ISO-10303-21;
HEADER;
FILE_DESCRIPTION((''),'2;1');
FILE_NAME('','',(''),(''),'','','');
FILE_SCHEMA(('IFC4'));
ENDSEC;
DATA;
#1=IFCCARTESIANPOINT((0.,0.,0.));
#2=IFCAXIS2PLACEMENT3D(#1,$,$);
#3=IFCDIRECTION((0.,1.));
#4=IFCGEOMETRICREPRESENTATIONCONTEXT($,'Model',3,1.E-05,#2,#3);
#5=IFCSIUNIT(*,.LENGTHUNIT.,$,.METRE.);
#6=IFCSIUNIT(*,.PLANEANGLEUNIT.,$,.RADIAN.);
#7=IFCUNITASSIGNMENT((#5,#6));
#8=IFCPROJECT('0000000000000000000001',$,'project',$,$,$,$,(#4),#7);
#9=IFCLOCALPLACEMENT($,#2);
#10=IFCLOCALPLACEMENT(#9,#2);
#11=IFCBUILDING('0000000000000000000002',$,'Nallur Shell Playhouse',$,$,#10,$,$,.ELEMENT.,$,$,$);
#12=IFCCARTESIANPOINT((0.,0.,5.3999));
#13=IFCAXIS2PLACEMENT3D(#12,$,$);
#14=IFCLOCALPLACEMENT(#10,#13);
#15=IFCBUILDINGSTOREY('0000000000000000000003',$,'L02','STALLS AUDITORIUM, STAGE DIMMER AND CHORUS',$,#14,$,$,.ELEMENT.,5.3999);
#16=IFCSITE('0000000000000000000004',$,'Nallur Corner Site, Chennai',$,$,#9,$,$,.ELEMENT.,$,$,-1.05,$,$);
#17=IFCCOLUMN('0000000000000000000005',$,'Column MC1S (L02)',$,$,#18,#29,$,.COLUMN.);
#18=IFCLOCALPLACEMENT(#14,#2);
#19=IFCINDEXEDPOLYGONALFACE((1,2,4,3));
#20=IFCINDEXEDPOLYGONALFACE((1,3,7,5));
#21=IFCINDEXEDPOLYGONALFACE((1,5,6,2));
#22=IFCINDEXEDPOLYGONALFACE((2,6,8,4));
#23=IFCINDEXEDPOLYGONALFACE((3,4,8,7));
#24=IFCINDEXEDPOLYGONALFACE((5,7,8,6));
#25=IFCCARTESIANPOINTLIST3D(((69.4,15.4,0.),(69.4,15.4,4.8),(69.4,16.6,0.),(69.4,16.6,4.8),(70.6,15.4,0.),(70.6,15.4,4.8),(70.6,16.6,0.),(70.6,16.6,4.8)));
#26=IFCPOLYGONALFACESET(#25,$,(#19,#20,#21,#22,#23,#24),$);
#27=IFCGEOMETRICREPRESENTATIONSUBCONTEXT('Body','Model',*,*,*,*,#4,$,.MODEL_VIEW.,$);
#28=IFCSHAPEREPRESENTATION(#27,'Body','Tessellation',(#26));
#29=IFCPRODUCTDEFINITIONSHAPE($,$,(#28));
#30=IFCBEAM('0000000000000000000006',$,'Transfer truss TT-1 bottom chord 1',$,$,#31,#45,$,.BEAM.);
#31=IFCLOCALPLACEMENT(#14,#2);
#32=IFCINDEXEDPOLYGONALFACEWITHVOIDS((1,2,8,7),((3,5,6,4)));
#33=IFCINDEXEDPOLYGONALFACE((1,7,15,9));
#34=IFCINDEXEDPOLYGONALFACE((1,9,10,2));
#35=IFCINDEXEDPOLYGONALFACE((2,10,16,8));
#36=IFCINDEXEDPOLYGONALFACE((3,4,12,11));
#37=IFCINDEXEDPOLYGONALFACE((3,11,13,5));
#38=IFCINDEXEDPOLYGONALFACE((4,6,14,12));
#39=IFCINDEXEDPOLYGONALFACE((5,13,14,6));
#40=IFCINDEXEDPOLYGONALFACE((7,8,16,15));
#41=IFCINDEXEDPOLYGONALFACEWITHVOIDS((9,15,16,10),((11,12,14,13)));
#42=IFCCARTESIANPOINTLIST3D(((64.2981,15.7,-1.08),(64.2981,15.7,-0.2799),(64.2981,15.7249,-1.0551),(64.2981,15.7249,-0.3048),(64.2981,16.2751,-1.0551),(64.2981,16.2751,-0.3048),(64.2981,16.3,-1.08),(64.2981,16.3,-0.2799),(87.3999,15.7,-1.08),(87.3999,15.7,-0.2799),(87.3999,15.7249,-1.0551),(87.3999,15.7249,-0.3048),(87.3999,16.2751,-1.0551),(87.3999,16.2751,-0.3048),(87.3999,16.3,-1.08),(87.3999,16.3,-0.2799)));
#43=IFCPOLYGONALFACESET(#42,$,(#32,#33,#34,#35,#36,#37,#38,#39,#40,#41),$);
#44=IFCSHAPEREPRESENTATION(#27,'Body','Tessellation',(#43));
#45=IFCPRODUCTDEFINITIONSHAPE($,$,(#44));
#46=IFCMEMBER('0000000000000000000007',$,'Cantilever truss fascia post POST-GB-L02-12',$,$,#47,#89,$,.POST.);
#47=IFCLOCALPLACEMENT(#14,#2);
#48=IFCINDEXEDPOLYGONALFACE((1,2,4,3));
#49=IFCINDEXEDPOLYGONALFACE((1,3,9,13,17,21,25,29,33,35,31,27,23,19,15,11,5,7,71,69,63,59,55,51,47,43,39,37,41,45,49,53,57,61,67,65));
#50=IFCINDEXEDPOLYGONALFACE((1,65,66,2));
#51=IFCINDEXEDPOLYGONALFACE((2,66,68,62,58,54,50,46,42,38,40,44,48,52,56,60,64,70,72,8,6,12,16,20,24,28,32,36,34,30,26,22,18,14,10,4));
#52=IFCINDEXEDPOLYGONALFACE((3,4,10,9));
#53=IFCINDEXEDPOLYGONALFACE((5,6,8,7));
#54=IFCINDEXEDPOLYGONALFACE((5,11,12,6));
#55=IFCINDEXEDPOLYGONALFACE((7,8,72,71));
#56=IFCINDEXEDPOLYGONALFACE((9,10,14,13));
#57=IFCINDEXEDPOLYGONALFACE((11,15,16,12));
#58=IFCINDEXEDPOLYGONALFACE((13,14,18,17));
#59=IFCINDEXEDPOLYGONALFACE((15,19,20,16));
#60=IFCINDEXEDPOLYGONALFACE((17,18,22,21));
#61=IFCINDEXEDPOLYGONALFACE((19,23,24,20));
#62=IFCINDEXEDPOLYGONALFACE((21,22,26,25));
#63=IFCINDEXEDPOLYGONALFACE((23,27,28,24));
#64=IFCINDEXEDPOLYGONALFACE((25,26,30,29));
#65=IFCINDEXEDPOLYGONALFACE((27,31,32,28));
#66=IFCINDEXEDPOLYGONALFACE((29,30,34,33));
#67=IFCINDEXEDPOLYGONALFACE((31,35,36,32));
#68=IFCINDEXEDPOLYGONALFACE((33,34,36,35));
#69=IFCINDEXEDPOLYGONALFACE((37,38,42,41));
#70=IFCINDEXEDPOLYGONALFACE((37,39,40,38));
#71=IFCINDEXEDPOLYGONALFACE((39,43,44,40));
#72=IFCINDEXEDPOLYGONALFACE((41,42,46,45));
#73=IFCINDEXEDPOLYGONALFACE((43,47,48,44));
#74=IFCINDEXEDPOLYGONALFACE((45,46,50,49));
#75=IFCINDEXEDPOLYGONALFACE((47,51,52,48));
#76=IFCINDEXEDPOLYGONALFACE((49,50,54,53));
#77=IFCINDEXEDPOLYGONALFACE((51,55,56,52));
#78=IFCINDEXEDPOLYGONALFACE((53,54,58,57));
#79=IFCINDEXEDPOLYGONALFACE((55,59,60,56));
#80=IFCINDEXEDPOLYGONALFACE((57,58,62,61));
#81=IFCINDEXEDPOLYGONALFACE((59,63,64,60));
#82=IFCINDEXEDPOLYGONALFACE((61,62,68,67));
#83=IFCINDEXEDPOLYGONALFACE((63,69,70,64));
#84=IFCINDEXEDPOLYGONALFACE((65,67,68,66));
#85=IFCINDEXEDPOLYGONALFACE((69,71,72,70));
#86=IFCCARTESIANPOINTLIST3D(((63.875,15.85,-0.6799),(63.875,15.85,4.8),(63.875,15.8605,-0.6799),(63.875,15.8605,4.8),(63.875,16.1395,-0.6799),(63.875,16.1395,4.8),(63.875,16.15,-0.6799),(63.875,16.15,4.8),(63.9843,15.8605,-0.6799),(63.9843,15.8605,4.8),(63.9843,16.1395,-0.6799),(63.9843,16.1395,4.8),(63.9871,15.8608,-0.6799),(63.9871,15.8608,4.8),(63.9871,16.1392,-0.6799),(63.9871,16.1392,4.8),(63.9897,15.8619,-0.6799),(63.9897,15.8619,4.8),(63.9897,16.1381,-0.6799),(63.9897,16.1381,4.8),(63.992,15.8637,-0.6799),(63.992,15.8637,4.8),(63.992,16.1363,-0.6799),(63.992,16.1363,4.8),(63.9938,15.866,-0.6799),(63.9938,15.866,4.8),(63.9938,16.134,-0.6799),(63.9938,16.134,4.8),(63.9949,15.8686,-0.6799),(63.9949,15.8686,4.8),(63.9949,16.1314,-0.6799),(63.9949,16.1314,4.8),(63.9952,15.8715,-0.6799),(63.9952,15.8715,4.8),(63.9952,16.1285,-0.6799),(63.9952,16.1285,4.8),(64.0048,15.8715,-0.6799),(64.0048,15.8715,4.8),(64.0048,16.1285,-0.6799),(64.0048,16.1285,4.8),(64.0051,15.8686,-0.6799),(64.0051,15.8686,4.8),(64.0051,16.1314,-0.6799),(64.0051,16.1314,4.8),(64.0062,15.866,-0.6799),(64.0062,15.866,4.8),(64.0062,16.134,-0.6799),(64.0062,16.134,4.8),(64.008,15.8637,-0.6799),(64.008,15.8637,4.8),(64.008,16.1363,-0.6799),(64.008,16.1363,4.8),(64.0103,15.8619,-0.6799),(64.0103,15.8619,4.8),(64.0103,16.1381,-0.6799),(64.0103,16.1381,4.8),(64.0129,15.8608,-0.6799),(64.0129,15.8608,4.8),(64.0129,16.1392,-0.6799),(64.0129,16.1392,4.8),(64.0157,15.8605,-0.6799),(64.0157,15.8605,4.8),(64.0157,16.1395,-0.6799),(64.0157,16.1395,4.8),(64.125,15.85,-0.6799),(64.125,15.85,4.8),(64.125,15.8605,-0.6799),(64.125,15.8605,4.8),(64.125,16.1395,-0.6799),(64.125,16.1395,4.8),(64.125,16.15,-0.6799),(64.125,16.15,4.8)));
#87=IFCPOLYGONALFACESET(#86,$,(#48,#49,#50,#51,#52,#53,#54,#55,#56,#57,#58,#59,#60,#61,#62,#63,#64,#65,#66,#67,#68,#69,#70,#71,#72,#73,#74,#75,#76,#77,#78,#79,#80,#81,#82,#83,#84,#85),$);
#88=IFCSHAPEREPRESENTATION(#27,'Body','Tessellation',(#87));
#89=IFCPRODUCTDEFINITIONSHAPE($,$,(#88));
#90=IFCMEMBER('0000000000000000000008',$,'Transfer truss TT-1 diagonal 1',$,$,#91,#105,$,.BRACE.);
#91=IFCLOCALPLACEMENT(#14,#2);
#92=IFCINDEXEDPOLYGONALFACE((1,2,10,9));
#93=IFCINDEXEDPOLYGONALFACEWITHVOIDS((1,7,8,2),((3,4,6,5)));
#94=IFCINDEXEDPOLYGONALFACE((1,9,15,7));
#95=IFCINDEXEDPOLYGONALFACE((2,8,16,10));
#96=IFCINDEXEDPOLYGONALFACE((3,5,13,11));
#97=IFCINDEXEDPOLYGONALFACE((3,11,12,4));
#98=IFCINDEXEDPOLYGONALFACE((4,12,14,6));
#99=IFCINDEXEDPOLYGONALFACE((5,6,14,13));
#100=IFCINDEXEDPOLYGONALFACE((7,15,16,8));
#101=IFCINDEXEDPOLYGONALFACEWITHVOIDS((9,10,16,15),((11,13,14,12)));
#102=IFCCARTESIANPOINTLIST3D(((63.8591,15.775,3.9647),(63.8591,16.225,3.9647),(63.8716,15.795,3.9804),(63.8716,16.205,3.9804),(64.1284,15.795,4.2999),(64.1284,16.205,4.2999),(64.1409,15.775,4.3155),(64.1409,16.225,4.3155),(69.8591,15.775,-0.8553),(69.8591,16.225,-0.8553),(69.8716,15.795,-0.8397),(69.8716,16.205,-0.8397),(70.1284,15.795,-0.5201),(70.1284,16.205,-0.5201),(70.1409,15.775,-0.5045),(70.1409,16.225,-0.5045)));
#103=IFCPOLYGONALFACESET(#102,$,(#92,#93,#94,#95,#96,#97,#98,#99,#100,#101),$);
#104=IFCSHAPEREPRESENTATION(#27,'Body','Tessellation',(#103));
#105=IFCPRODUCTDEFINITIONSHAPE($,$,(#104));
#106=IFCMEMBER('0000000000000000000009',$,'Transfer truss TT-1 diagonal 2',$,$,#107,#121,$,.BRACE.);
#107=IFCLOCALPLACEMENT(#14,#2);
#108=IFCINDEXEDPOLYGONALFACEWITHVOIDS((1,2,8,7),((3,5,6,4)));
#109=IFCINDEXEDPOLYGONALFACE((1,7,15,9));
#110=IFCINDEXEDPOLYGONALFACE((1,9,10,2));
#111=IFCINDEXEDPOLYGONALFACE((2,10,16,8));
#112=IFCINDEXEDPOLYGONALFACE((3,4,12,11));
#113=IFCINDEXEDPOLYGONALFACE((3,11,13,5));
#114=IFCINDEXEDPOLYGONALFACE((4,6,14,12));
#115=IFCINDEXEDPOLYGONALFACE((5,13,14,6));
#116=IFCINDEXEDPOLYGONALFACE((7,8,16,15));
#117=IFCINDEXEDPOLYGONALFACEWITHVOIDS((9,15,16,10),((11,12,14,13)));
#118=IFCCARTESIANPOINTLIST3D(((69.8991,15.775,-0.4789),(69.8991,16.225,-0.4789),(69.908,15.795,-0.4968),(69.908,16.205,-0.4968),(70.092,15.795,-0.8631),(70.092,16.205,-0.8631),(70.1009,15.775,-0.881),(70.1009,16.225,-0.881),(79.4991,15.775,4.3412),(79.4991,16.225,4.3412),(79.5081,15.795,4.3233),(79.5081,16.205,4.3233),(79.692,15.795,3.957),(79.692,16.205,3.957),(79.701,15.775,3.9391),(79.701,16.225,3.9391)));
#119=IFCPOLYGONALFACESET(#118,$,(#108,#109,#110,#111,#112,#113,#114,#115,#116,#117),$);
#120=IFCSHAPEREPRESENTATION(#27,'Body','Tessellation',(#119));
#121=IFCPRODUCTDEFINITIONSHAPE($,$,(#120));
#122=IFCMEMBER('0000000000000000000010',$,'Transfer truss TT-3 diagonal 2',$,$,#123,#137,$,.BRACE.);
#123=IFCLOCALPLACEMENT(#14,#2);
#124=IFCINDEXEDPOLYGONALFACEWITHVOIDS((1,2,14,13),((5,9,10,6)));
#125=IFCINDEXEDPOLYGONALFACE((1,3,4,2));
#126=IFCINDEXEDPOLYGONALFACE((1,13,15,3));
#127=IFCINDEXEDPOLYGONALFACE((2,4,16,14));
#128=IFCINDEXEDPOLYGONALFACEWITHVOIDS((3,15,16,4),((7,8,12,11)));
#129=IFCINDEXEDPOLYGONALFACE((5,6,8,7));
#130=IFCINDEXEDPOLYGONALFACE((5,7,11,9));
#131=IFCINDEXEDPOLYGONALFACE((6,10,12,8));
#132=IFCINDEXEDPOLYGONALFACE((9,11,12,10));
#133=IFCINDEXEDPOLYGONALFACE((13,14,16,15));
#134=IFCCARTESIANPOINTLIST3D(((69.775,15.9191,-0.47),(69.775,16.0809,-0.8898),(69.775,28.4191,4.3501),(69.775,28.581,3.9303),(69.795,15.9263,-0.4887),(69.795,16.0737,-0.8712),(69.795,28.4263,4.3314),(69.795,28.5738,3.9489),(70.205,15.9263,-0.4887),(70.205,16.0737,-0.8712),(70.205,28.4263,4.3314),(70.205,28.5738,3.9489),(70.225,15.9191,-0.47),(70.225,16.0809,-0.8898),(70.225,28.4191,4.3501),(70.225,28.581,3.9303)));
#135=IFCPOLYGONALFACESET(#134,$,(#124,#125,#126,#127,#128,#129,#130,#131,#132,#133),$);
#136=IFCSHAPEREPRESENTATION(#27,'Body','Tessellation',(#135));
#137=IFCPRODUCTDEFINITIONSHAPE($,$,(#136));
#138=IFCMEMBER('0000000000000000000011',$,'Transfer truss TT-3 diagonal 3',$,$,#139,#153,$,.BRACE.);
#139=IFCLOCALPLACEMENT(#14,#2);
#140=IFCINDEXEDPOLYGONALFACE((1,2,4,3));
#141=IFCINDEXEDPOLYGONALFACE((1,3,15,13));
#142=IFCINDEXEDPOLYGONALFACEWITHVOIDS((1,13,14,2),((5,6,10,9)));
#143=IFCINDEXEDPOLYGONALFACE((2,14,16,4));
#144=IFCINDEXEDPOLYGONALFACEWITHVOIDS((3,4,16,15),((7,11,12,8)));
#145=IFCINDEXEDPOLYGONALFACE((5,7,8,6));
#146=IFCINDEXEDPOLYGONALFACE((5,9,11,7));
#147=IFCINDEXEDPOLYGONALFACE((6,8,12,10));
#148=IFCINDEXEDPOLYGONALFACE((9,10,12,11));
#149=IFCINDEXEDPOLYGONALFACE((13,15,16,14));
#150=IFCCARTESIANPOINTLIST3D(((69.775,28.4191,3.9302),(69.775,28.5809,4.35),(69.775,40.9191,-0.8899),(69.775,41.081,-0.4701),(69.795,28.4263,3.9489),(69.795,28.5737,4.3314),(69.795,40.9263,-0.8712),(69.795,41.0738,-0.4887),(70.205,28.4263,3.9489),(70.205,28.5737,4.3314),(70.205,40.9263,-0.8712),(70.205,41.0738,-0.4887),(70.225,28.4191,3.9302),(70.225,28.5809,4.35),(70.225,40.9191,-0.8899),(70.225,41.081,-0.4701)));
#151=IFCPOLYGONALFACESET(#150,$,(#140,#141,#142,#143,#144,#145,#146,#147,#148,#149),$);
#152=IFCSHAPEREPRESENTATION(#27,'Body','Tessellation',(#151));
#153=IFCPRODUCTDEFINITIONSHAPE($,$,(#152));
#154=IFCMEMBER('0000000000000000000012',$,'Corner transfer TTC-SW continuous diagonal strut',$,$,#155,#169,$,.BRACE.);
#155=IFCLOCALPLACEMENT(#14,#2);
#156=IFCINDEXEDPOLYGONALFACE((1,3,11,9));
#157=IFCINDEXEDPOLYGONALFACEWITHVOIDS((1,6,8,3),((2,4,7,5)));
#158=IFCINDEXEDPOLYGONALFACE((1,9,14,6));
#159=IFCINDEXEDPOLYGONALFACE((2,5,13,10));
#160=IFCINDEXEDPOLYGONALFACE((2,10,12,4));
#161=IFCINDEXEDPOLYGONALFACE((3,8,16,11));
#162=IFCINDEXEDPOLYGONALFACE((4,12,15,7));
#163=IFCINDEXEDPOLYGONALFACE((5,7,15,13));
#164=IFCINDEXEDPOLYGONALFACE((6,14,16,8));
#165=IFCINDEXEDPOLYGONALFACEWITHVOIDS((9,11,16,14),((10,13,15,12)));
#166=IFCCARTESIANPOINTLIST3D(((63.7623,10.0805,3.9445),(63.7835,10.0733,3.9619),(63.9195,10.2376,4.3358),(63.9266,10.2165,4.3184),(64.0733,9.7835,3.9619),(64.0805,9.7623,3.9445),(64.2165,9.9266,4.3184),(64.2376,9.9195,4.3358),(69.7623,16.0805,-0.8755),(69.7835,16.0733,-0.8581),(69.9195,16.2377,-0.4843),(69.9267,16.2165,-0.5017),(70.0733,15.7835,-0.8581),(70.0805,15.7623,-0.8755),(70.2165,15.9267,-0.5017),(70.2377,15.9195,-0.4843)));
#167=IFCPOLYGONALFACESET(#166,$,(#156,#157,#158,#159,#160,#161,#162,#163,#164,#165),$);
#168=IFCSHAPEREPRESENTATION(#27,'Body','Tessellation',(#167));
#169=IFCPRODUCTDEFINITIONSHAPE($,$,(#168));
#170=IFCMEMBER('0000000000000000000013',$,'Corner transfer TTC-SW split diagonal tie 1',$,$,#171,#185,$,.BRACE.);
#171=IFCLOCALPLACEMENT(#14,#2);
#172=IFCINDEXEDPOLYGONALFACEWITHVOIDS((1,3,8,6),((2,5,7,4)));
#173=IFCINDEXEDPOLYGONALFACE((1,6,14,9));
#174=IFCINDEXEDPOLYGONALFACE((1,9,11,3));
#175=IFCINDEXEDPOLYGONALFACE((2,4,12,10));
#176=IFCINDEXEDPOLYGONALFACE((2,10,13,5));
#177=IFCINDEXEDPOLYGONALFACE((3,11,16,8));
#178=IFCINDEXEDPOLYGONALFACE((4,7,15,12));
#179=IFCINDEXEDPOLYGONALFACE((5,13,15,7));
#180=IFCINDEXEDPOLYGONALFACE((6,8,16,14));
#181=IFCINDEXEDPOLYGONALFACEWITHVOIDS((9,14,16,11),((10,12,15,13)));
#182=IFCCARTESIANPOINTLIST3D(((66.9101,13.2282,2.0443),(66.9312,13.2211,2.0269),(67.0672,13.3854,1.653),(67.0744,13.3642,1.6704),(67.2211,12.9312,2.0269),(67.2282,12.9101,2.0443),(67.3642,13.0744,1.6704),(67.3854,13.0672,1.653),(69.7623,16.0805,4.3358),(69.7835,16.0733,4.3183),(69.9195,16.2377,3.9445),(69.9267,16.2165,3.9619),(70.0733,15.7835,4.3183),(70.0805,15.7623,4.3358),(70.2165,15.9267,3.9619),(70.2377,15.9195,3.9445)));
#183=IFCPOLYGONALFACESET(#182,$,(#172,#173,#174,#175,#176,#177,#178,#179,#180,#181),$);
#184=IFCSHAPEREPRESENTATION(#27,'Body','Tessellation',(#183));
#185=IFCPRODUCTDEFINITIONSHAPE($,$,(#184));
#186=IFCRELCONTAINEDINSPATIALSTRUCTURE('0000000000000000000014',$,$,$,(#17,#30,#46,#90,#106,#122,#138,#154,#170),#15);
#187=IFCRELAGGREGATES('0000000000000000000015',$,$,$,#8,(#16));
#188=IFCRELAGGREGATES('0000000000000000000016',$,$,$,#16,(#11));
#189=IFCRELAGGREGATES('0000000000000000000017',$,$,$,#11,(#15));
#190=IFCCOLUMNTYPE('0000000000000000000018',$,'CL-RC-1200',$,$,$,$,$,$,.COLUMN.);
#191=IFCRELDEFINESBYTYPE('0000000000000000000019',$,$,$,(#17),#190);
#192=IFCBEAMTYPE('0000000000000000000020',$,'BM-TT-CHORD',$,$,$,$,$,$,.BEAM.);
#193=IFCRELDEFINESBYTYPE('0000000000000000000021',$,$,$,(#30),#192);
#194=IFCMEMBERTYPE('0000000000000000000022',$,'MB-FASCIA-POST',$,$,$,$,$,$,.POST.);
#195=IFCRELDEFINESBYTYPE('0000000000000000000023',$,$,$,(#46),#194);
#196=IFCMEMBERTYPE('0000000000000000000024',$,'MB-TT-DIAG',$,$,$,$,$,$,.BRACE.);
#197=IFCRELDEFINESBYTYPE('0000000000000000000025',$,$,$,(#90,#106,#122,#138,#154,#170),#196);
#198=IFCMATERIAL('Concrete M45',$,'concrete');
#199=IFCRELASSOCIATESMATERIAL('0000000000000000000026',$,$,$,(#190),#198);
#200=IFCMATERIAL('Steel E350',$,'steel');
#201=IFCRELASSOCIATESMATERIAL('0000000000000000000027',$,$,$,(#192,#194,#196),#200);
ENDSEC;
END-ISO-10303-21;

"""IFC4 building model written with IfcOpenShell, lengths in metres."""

from ifc_helpers import new_model, si_unit, direction, frame, origin, origin_2d, place, context, subcontext, project, spatial, rectangle, hollow_rectangle, i_section, extrude, material, material_profile, profile_set, type_object, element, save


model = new_model("IFC4")

# Units and contexts
model_context = context("Model", 3, precision=1e-05, world=origin(), true_north=direction((0.0, 1.0)))
body_context = subcontext(model_context, "Body", "Model", "MODEL_VIEW")
ifc_project = project(units=[si_unit("LENGTHUNIT", "METRE"), si_unit("PLANEANGLEUNIT", "RADIAN")], contexts=[model_context])

# Site, building, storey
site_placement = place(None, origin())
site = spatial("IfcSite", under=ifc_project, at=site_placement, Name="Nallur Corner Site, Chennai", CompositionType="ELEMENT", RefElevation=-1.05)
building_placement = place(site_placement, origin())
building = spatial("IfcBuilding", under=site, at=building_placement, Name="Nallur Shell Playhouse", CompositionType="ELEMENT")
storey_placement = place(building_placement, frame((0.0, 0.0, 5.3999)))
storey = spatial("IfcBuildingStorey", under=building, at=storey_placement, Name="L02", Description="STALLS AUDITORIUM, STAGE DIMMER AND CHORUS", CompositionType="ELEMENT", Elevation=5.3999)

# Column
ifc_material_1 = material(Name="Concrete M45", Category="concrete")
ifc_material_profile_1 = material_profile(ifc_material_1, rectangle(XDim=1.2, YDim=1.2, at=origin_2d()), Name="RC 1200x1200")
ifc_profile_set_1 = profile_set([ifc_material_profile_1], Name="Concrete M45")
column_type = type_object("IfcColumnType", Name="CL-RC-1200", PredefinedType="COLUMN", material=ifc_profile_set_1)
column_placement = place(storey_placement, frame((70.0, 16.0, 0.0), z_axis=(0.0, 0.0, 1.0), x_axis=(1.0, 0.0, 0.0)))
element("IfcColumn", 1, at=column_placement, inside=storey, type_object=column_type, Name="Column MC1S (L02)", PredefinedType="COLUMN", context=body_context, shape_type="SweptSolid", body=[
    extrude(rectangle(XDim=1.2, YDim=1.2, at=origin_2d()), origin(), (0.0, 0.0, 1.0), 4.8),
])

# Beam
ifc_material_2 = material(Name="Steel E350", Category="steel")
ifc_material_profile_2 = material_profile(ifc_material_2, hollow_rectangle(XDim=0.6001, YDim=0.8, WallThickness=0.0249, at=origin_2d()), Name="BOX 600x800x25")
ifc_profile_set_2 = profile_set([ifc_material_profile_2], Name="Steel E350")
beam_type = type_object("IfcBeamType", Name="BM-TT-CHORD", PredefinedType="BEAM", material=ifc_profile_set_2)
beam_placement = place(storey_placement, frame((64.2981, 16.0, -0.6799), z_axis=(1.0, 0.0, 0.0), x_axis=(0.0, 1.0, 0.0)))
element("IfcBeam", 2, at=beam_placement, inside=storey, type_object=beam_type, Name="Transfer truss TT-1 bottom chord 1", PredefinedType="BEAM", context=body_context, shape_type="SweptSolid", body=[
    extrude(hollow_rectangle(XDim=0.6001, YDim=0.8, WallThickness=0.0249, at=origin_2d()), origin(), (0.0, 0.0, 1.0), 23.1018),
])

# Members
ifc_material_profile_3 = material_profile(ifc_material_2, i_section(OverallWidth=0.25, OverallDepth=0.3, WebThickness=0.0095, FlangeThickness=0.0105, FilletRadius=0.011, at=origin_2d()), Name="ISHB 300")
ifc_profile_set_3 = profile_set([ifc_material_profile_3], Name="Steel E350")
member_type_1 = type_object("IfcMemberType", Name="MB-FASCIA-POST", PredefinedType="POST", material=ifc_profile_set_3)
member_1_placement = place(storey_placement, frame((64.0, 16.0, -0.6799), z_axis=(0.0, 0.0, 1.0), x_axis=(1.0, 0.0, 0.0)))
element("IfcMember", 3, at=member_1_placement, inside=storey, type_object=member_type_1, Name="Cantilever truss fascia post POST-GB-L02-12", PredefinedType="POST", context=body_context, shape_type="SweptSolid", body=[
    extrude(i_section(OverallWidth=0.25, OverallDepth=0.3, WebThickness=0.0095, FlangeThickness=0.0105, FilletRadius=0.011, at=origin_2d()), origin(), (0.0, 0.0, 1.0), 5.48),
])
ifc_material_profile_4 = material_profile(ifc_material_2, hollow_rectangle(XDim=0.45, YDim=0.45, WallThickness=0.02, at=origin_2d()), Name="BOX 450x450x20")
ifc_profile_set_4 = profile_set([ifc_material_profile_4], Name="Steel E350")
member_type_2 = type_object("IfcMemberType", Name="MB-TT-DIAG", PredefinedType="BRACE", material=ifc_profile_set_4)
member_2_placement = place(storey_placement, frame((64.0, 16.0, 4.1401), z_axis=(0.779595, 0.0, -0.626284), x_axis=(0.0, 1.0, 0.0)))
element("IfcMember", 4, at=member_2_placement, inside=storey, type_object=member_type_2, Name="Transfer truss TT-1 diagonal 1", PredefinedType="BRACE", context=body_context, shape_type="SweptSolid", body=[
    extrude(hollow_rectangle(XDim=0.45, YDim=0.45, WallThickness=0.02, at=origin_2d()), origin(), (0.0, 0.0, 1.0), 7.6963),
])
member_3_placement = place(storey_placement, frame((70.0, 16.0, -0.6799), z_axis=(0.89368, 0.0, 0.448704), x_axis=(0.0, 1.0, 0.0)))
element("IfcMember", 5, at=member_3_placement, inside=storey, type_object=member_type_2, Name="Transfer truss TT-1 diagonal 2", PredefinedType="BRACE", context=body_context, shape_type="SweptSolid", body=[
    extrude(hollow_rectangle(XDim=0.45, YDim=0.45, WallThickness=0.02, at=origin_2d()), origin(), (0.0, 0.0, 1.0), 10.7422),
])
for number, where, z_axis, x_axis, name in (
    (6, (70.0, 16.0, -0.6799), (0.0, 0.933036, 0.359784), (-1.0, 0.0, 0.0), "Transfer truss TT-3 diagonal 2"),
    (7, (70.0, 28.5, 4.1401), (0.0, 0.933036, -0.359784), (-1.0, 0.0, 0.0), "Transfer truss TT-3 diagonal 3"),
):
    element("IfcMember", number, at=place(storey_placement, frame(where, z_axis=z_axis, x_axis=x_axis)), inside=storey, type_object=member_type_2, Name=name, PredefinedType="BRACE", context=body_context, shape_type="SweptSolid", body=[
        extrude(hollow_rectangle(XDim=0.45, YDim=0.45, WallThickness=0.02, at=origin_2d()), origin(), (0.0, 0.0, 1.0), 13.3972),
    ])
member_4_placement = place(storey_placement, frame((70.0, 16.0, -0.6799), z_axis=(-0.614833, -0.614833, 0.493923), x_axis=(0.707107, -0.707107, 0.0)))
element("IfcMember", 8, at=member_4_placement, inside=storey, type_object=member_type_2, Name="Corner transfer TTC-SW continuous diagonal strut", PredefinedType="BRACE", context=body_context, shape_type="SweptSolid", body=[
    extrude(hollow_rectangle(XDim=0.45, YDim=0.45, WallThickness=0.02, at=origin_2d()), origin(), (0.0, 0.0, 1.0), 9.7588),
])
member_5_placement = place(storey_placement, frame((70.0, 16.0, 4.1401), z_axis=(-0.614825, -0.614825, -0.493944), x_axis=(0.707107, -0.707107, 0.0)))
element("IfcMember", 9, at=member_5_placement, inside=storey, type_object=member_type_2, Name="Corner transfer TTC-SW split diagonal tie 1", PredefinedType="BRACE", context=body_context, shape_type="SweptSolid", body=[
    extrude(hollow_rectangle(XDim=0.45, YDim=0.45, WallThickness=0.02, at=origin_2d()), origin(), (0.0, 0.0, 1.0), 4.6392),
])

save(model, "model.ifc")
